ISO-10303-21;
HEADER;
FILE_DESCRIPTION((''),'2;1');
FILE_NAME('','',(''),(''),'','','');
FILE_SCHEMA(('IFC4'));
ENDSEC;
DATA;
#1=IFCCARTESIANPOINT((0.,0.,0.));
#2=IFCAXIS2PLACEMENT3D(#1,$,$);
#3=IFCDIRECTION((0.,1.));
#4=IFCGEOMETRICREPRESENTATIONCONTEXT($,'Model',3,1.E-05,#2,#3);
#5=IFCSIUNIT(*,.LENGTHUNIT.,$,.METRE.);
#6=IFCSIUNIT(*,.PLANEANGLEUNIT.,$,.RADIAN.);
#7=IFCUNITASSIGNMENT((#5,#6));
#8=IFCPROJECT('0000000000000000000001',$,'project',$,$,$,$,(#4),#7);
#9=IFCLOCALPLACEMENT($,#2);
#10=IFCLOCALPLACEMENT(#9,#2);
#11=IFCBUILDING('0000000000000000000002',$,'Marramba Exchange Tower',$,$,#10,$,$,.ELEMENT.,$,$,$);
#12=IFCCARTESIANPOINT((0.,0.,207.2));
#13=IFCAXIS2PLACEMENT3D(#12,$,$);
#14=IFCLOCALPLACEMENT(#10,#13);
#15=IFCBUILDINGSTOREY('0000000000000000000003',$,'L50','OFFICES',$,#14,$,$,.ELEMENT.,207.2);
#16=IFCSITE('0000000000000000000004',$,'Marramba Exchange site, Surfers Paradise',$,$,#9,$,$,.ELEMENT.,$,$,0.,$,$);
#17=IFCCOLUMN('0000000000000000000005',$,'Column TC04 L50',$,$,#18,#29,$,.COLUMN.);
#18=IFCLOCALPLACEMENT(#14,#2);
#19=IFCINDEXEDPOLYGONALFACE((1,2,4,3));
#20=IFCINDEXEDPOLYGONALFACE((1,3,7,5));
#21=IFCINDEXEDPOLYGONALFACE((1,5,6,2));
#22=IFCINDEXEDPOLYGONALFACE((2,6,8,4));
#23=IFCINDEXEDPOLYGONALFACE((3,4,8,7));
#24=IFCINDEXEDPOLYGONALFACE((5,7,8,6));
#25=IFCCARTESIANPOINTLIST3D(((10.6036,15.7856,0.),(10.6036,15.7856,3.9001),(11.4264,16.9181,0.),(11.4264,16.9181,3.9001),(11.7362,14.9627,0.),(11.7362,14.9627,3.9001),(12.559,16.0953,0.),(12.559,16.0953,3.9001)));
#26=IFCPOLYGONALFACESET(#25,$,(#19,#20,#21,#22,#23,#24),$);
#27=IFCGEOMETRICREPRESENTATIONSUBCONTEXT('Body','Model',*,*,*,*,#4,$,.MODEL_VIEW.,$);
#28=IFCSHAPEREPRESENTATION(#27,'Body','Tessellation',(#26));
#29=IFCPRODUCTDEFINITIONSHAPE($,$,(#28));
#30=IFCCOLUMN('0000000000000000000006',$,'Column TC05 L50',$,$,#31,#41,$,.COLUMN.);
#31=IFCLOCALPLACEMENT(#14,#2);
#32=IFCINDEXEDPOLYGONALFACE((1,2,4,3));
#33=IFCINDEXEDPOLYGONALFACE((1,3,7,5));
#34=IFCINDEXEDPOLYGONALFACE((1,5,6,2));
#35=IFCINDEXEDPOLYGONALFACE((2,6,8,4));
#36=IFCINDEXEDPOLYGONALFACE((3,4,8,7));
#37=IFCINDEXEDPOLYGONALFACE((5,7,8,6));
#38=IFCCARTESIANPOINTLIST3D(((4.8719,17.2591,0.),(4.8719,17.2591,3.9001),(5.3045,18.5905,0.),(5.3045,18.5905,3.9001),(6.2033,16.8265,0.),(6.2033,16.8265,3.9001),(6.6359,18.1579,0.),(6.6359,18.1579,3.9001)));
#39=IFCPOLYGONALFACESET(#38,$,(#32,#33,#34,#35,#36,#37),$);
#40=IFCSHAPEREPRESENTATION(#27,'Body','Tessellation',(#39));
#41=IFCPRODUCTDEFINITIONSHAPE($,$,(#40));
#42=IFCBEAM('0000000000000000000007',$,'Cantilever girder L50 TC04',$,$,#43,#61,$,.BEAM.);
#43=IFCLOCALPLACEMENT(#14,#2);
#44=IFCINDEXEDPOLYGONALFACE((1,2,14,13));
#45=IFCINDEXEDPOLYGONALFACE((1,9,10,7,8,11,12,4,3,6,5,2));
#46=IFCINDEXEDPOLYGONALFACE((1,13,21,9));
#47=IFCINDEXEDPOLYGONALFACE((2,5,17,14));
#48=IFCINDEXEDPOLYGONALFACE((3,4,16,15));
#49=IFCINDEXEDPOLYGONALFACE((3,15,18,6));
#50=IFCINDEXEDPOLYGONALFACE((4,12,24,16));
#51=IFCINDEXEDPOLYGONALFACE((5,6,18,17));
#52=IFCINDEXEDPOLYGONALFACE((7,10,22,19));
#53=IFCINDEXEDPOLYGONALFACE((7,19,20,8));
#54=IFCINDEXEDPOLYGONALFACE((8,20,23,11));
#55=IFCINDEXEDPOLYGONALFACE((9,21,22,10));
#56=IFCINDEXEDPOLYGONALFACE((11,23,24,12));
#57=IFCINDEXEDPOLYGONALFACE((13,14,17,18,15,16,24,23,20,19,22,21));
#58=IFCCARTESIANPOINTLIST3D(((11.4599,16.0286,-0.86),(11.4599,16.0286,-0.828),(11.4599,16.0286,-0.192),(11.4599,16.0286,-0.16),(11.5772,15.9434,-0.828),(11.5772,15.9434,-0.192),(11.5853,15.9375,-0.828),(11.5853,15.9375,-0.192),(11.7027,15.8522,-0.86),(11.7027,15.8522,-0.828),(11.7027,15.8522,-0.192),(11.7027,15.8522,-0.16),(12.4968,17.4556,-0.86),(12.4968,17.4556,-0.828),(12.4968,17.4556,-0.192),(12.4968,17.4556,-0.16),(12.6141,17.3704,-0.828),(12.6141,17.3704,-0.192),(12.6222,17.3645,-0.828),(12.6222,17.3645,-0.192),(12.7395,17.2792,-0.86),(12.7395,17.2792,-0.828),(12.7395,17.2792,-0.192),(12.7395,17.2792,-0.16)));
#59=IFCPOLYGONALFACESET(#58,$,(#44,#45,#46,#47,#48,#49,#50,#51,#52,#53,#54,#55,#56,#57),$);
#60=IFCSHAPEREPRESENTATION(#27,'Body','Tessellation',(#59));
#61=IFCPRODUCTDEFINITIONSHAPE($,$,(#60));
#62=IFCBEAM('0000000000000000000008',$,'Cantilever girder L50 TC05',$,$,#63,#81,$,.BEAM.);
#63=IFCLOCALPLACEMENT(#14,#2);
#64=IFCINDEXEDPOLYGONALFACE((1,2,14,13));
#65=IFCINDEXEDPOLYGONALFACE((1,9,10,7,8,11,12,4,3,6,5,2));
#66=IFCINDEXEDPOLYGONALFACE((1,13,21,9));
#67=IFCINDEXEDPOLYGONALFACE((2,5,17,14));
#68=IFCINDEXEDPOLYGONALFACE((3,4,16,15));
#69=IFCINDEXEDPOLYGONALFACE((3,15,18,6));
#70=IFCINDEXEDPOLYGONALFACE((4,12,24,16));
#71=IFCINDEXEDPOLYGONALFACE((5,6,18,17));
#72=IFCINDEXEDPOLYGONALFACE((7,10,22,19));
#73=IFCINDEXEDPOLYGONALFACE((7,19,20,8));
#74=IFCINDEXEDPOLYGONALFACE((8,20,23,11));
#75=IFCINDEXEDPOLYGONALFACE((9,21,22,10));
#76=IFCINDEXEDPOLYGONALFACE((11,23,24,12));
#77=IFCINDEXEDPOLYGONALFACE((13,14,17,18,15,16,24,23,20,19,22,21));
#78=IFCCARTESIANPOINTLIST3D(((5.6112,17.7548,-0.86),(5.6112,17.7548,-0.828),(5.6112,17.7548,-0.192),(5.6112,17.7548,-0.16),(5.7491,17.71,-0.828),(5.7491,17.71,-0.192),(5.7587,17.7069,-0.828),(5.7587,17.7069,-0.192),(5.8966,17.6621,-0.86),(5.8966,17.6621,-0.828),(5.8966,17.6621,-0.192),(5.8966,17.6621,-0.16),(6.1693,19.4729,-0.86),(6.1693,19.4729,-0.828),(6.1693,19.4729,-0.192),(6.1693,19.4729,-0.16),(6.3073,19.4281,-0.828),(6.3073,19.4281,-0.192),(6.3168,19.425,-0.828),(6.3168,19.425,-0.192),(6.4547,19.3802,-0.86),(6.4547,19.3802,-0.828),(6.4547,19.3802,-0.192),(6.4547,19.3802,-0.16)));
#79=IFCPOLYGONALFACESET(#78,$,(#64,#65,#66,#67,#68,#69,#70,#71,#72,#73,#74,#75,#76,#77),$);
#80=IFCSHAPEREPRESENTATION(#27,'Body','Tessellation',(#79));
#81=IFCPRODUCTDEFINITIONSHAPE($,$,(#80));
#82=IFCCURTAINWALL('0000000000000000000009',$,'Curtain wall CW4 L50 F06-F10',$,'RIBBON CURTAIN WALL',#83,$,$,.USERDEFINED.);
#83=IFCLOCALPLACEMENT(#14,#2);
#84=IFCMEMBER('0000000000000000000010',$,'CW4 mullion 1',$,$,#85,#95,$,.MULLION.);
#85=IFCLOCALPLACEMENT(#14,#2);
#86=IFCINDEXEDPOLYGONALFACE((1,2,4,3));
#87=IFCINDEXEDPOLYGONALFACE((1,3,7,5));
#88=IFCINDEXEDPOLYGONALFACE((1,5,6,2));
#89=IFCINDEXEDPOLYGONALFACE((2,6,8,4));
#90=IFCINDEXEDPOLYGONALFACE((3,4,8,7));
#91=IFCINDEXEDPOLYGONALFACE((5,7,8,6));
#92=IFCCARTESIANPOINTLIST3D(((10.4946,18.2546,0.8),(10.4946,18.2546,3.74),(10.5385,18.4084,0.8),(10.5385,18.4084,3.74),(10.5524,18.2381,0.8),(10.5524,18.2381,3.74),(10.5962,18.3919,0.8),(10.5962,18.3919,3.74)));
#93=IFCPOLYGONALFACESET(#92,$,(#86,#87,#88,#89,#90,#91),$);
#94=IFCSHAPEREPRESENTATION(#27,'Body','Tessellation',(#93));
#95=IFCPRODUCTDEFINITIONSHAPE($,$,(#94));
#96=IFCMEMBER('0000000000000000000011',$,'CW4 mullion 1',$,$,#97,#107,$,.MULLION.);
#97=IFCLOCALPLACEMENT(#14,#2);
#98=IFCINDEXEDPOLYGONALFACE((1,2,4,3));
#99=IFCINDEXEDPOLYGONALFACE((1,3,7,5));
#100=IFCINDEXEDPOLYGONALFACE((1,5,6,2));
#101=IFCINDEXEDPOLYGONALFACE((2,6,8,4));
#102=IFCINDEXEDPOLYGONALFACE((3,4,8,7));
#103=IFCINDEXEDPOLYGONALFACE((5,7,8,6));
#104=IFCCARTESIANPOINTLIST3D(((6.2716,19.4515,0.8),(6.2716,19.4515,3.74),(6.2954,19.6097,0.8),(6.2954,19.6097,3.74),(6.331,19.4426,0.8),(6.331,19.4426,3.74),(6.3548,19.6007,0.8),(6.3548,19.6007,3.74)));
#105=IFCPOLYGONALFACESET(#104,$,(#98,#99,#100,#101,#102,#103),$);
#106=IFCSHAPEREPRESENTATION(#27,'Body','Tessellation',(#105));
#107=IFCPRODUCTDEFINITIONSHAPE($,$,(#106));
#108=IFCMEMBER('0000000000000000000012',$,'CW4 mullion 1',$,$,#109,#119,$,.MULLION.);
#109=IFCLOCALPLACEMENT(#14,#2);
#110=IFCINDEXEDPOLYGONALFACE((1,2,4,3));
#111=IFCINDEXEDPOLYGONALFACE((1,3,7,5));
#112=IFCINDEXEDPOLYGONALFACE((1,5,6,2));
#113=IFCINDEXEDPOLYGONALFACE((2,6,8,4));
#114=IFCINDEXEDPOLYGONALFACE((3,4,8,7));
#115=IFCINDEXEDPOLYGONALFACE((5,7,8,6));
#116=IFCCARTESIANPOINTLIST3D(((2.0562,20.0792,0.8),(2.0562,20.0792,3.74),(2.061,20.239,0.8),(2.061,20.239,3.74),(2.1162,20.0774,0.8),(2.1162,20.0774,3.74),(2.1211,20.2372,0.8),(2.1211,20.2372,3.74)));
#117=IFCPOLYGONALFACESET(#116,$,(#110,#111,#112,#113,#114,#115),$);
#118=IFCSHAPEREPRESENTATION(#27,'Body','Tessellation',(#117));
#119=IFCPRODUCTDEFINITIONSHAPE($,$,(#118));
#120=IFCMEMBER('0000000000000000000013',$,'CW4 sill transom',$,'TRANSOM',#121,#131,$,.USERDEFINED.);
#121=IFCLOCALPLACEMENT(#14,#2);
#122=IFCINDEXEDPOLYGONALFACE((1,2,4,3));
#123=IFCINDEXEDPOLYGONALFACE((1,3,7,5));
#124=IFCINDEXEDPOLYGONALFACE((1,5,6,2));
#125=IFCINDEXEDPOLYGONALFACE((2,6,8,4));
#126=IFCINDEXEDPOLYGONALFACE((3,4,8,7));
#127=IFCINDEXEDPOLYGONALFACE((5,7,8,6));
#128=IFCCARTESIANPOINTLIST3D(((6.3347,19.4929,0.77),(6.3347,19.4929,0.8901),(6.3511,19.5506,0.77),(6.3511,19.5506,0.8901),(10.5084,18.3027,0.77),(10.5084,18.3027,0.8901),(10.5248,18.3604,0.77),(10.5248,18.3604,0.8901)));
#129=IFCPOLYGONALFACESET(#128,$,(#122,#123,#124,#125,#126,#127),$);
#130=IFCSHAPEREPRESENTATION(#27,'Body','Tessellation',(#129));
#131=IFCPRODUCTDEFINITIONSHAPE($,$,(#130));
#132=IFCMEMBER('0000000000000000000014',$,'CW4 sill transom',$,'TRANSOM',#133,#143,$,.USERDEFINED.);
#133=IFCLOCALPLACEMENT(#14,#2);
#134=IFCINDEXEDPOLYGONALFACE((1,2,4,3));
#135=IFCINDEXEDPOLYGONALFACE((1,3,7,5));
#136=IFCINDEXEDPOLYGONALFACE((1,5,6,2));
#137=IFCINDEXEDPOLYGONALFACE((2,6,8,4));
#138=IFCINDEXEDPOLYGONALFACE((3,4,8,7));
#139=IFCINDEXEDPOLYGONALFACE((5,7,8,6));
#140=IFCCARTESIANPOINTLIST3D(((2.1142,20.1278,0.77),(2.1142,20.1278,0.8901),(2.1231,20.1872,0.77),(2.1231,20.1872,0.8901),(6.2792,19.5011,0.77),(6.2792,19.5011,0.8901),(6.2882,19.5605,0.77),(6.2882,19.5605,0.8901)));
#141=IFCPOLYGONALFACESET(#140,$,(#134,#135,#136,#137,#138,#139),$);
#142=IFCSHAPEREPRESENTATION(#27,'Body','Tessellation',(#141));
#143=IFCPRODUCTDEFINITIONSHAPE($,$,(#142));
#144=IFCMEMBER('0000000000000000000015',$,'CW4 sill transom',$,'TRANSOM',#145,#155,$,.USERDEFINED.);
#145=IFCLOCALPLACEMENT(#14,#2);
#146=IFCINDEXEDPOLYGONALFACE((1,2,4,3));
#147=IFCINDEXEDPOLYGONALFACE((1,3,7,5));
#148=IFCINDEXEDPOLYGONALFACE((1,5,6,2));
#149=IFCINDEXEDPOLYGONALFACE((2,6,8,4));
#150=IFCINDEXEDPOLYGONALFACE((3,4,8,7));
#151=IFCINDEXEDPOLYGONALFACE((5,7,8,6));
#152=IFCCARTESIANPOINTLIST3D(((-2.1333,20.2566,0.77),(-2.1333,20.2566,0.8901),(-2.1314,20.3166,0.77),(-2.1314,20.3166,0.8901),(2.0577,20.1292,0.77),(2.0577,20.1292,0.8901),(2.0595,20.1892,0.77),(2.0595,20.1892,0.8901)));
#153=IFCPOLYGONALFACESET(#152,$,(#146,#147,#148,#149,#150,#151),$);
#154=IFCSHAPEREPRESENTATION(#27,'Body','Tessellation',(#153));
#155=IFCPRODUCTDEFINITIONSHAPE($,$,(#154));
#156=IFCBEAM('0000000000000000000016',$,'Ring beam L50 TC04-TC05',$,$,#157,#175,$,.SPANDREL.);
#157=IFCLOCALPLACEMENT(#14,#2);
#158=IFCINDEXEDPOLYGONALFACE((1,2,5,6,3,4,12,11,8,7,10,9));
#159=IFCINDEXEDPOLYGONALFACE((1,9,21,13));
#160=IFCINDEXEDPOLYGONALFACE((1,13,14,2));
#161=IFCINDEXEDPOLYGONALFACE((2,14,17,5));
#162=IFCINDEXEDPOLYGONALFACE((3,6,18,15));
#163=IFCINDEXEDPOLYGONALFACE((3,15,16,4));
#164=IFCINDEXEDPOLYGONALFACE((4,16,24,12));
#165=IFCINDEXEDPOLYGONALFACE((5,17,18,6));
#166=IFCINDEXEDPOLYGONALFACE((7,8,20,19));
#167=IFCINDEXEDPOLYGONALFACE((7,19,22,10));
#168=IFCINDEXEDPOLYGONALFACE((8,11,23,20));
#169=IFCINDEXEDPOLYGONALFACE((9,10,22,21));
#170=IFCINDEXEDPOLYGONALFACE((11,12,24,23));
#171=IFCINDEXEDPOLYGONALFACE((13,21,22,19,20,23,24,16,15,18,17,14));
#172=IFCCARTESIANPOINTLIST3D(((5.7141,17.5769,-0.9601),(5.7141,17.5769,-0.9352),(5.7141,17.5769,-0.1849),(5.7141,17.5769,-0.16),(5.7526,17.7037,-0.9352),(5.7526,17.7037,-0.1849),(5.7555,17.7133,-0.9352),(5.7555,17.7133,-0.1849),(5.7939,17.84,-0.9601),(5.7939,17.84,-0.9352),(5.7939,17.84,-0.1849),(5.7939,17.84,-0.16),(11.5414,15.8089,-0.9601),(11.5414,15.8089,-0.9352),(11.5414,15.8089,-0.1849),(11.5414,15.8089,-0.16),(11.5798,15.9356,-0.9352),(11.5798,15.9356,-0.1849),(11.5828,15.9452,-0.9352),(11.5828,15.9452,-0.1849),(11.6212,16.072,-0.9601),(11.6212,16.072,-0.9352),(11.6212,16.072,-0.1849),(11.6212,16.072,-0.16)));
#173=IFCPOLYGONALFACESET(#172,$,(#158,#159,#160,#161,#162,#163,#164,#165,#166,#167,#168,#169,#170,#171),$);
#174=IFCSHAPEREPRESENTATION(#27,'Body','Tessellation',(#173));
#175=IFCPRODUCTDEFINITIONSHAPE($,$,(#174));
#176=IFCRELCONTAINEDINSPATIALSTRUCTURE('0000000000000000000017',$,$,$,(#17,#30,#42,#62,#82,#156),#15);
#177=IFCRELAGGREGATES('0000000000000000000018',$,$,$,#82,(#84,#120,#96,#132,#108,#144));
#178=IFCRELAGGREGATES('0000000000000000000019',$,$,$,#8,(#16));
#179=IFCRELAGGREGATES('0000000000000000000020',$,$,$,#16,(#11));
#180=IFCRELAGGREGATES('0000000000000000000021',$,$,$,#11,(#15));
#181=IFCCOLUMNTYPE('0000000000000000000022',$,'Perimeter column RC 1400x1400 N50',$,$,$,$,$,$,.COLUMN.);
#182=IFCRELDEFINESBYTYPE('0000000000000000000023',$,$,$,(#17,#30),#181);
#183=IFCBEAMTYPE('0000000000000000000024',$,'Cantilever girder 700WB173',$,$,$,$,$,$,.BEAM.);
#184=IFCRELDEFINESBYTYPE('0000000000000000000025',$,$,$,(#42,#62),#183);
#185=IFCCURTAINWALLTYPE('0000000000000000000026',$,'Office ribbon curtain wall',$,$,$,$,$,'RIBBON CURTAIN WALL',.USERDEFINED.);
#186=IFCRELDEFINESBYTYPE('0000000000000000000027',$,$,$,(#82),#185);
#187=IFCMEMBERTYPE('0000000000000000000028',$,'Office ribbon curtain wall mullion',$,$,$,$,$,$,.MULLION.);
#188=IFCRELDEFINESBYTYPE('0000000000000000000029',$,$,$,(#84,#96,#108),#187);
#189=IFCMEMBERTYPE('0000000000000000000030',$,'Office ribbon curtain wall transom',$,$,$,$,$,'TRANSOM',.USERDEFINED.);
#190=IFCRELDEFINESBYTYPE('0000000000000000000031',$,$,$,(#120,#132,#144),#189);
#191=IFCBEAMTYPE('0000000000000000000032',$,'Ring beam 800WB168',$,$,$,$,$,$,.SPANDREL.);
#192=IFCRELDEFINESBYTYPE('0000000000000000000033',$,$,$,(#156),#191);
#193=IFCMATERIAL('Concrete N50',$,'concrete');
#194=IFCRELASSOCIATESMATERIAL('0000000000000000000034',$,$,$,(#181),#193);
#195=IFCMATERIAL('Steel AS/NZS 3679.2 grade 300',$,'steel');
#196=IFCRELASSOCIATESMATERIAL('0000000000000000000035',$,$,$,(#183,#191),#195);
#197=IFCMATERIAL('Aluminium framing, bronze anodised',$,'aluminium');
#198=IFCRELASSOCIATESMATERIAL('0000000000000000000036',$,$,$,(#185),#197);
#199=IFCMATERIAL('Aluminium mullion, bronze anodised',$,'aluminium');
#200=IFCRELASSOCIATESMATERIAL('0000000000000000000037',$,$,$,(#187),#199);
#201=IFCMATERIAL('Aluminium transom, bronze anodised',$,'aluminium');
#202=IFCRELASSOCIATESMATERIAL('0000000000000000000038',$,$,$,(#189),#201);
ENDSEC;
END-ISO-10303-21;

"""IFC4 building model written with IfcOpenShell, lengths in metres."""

from ifc_helpers import new_model, si_unit, direction, frame, origin, origin_2d, place, context, subcontext, project, spatial, rectangle, i_section, extrude, material, material_profile, profile_set, type_object, element, aggregate, save


model = new_model("IFC4")

# Units and contexts
model_context = context("Model", 3, precision=1e-05, world=origin(), true_north=direction((0.0, 1.0)))
body_context = subcontext(model_context, "Body", "Model", "MODEL_VIEW")
ifc_project = project(units=[si_unit("LENGTHUNIT", "METRE"), si_unit("PLANEANGLEUNIT", "RADIAN")], contexts=[model_context])

# Site, building, storey
site_placement = place(None, origin())
site = spatial("IfcSite", under=ifc_project, at=site_placement, Name="Marramba Exchange site, Surfers Paradise", CompositionType="ELEMENT", RefElevation=0.0)
building_placement = place(site_placement, origin())
building = spatial("IfcBuilding", under=site, at=building_placement, Name="Marramba Exchange Tower", CompositionType="ELEMENT")
storey_placement = place(building_placement, frame((0.0, 0.0, 207.2)))
storey = spatial("IfcBuildingStorey", under=building, at=storey_placement, Name="L50", Description="OFFICES", CompositionType="ELEMENT", Elevation=207.2)

# Columns
ifc_material_1 = material(Name="Concrete N50", Category="concrete")
ifc_material_profile_1 = material_profile(ifc_material_1, rectangle(XDim=1.3999, YDim=1.3999, at=origin_2d()), Name="RC 1400x1400")
ifc_profile_set_1 = profile_set([ifc_material_profile_1], Name="Concrete N50")
column_type = type_object("IfcColumnType", Name="Perimeter column RC 1400x1400 N50", PredefinedType="COLUMN", material=ifc_profile_set_1)
for number, where, z_axis, x_axis, name in (
    (1, (11.5813, 15.9404, 0.0), (0.0, 0.0, 1.0), (0.587785, 0.809017, 0.0), "Column TC04 L50"),
    (2, (5.7539, 17.7085, 0.0), (0.0, 0.0, 1.0), (0.309017, 0.951057, 0.0), "Column TC05 L50"),
):
    element("IfcColumn", number, at=place(storey_placement, frame(where, z_axis=z_axis, x_axis=x_axis)), inside=storey, type_object=column_type, Name=name, PredefinedType="COLUMN", context=body_context, shape_type="SweptSolid", body=[
        extrude(rectangle(XDim=1.3999, YDim=1.3999, at=origin_2d()), origin(), (0.0, 0.0, 1.0), 3.9001),
    ])

# Beams
ifc_material_2 = material(Name="Steel AS/NZS 3679.2 grade 300", Category="steel")
ifc_material_profile_2 = material_profile(ifc_material_2, i_section(OverallWidth=0.3, OverallDepth=0.7, WebThickness=0.01, FlangeThickness=0.032, at=origin_2d()), Name="700WB173")
ifc_profile_set_2 = profile_set([ifc_material_profile_2], Name="Steel AS/NZS 3679.2 grade 300")
beam_type_1 = type_object("IfcBeamType", Name="Cantilever girder 700WB173", PredefinedType="BEAM", material=ifc_profile_set_2)
beam_1_placement = place(storey_placement, frame((11.5813, 15.9404, -0.51), z_axis=(0.587818, 0.808993, 0.0), x_axis=(-0.808993, 0.587818, 0.0)))
element("IfcBeam", 3, at=beam_1_placement, inside=storey, type_object=beam_type_1, Name="Cantilever girder L50 TC04", PredefinedType="BEAM", context=body_context, shape_type="SweptSolid", body=[
    extrude(i_section(OverallWidth=0.3, OverallDepth=0.7, WebThickness=0.01, FlangeThickness=0.032, at=origin_2d()), origin(), (0.0, 0.0, 1.0), 1.7639),
])
beam_2_placement = place(storey_placement, frame((5.7539, 17.7085, -0.51), z_axis=(0.308961, 0.951075, 0.0), x_axis=(-0.951075, 0.308961, 0.0)))
element("IfcBeam", 4, at=beam_2_placement, inside=storey, type_object=beam_type_1, Name="Cantilever girder L50 TC05", PredefinedType="BEAM", context=body_context, shape_type="SweptSolid", body=[
    extrude(i_section(OverallWidth=0.3, OverallDepth=0.7, WebThickness=0.01, FlangeThickness=0.032, at=origin_2d()), origin(), (0.0, 0.0, 1.0), 1.8064),
])

# Curtain wall, members
ifc_material_3 = material(Name="Aluminium framing, bronze anodised", Category="aluminium")
curtain_wall_type = type_object("IfcCurtainWallType", Name="Office ribbon curtain wall", ElementType="RIBBON CURTAIN WALL", PredefinedType="USERDEFINED", material=ifc_material_3)
curtain_wall_1_placement = place(storey_placement, origin())
curtain_wall_1 = element("IfcCurtainWall", 5, at=curtain_wall_1_placement, inside=storey, type_object=curtain_wall_type, Name="Curtain wall CW4 L50 F06-F10", ObjectType="RIBBON CURTAIN WALL", PredefinedType="USERDEFINED")
ifc_material_4 = material(Name="Aluminium mullion, bronze anodised", Category="aluminium")
ifc_material_profile_3 = material_profile(ifc_material_4, rectangle(XDim=0.1599, YDim=0.0601, at=origin_2d()), Name="CW4 mullion 60x160")
ifc_profile_set_3 = profile_set([ifc_material_profile_3], Name="Aluminium mullion, bronze anodised")
member_type_1 = type_object("IfcMemberType", Name="Office ribbon curtain wall mullion", PredefinedType="MULLION", material=ifc_profile_set_3)
member_1_placement = place(storey_placement, frame((10.5454, 18.3232, 0.8), z_axis=(0.0, 0.0, 1.0), x_axis=(-0.274248, -0.961659, 0.0)))
member_1 = element("IfcMember", 6, at=member_1_placement, type_object=member_type_1, Name="CW4 mullion 1", PredefinedType="MULLION", context=body_context, shape_type="SweptSolid", body=[
    extrude(rectangle(XDim=0.1599, YDim=0.0601, at=origin_2d()), origin(), (0.0, 0.0, 1.0), 2.9399),
])
member_2_placement = place(storey_placement, frame((6.3132, 19.5261, 0.8), z_axis=(0.0, 0.0, 1.0), x_axis=(-0.148795, -0.988868, 0.0)))
member_2 = element("IfcMember", 7, at=member_2_placement, type_object=member_type_1, Name="CW4 mullion 1", PredefinedType="MULLION", context=body_context, shape_type="SweptSolid", body=[
    extrude(rectangle(XDim=0.1599, YDim=0.0601, at=origin_2d()), origin(), (0.0, 0.0, 1.0), 2.9399),
])
member_3_placement = place(storey_placement, frame((2.0886, 20.1582, 0.8), z_axis=(0.0, 0.0, 1.0), x_axis=(-0.030394, -0.999538, 0.0)))
member_3 = element("IfcMember", 8, at=member_3_placement, type_object=member_type_1, Name="CW4 mullion 1", PredefinedType="MULLION", context=body_context, shape_type="SweptSolid", body=[
    extrude(rectangle(XDim=0.1599, YDim=0.0601, at=origin_2d()), origin(), (0.0, 0.0, 1.0), 2.9399),
])
ifc_material_5 = material(Name="Aluminium transom, bronze anodised", Category="aluminium")
ifc_material_profile_4 = material_profile(ifc_material_5, rectangle(XDim=0.0601, YDim=0.1201, at=origin_2d()), Name="CW4 transom 60x120")
ifc_profile_set_4 = profile_set([ifc_material_profile_4], Name="Aluminium transom, bronze anodised")
member_type_2 = type_object("IfcMemberType", Name="Office ribbon curtain wall transom", ElementType="TRANSOM", PredefinedType="USERDEFINED", material=ifc_profile_set_4)
member_4_placement = place(storey_placement, frame((10.5166, 18.3315, 0.8301), z_axis=(-0.961662, 0.274238, 0.0), x_axis=(-0.274238, -0.961662, 0.0)))
member_4 = element("IfcMember", 9, at=member_4_placement, type_object=member_type_2, Name="CW4 sill transom", ObjectType="TRANSOM", PredefinedType="USERDEFINED", context=body_context, shape_type="SweptSolid", body=[
    extrude(rectangle(XDim=0.0601, YDim=0.1201, at=origin_2d()), origin(), (0.0, 0.0, 1.0), 4.3401),
])
member_5_placement = place(storey_placement, frame((6.2837, 19.5308, 0.8301), z_axis=(-0.988868, 0.148794, 0.0), x_axis=(-0.148794, -0.988868, 0.0)))
member_5 = element("IfcMember", 10, at=member_5_placement, type_object=member_type_2, Name="CW4 sill transom", ObjectType="TRANSOM", PredefinedType="USERDEFINED", context=body_context, shape_type="SweptSolid", body=[
    extrude(rectangle(XDim=0.0601, YDim=0.1201, at=origin_2d()), origin(), (0.0, 0.0, 1.0), 4.2119),
])
member_6_placement = place(storey_placement, frame((2.0586, 20.1592, 0.8301), z_axis=(-0.999538, 0.030395, 0.0), x_axis=(-0.030395, -0.999538, 0.0)))
member_6 = element("IfcMember", 11, at=member_6_placement, type_object=member_type_2, Name="CW4 sill transom", ObjectType="TRANSOM", PredefinedType="USERDEFINED", context=body_context, shape_type="SweptSolid", body=[
    extrude(rectangle(XDim=0.0601, YDim=0.1201, at=origin_2d()), origin(), (0.0, 0.0, 1.0), 4.1929),
])

# Beam
ifc_material_profile_5 = material_profile(ifc_material_2, i_section(OverallWidth=0.2749, OverallDepth=0.8, WebThickness=0.01, FlangeThickness=0.0249, at=origin_2d()), Name="800WB168")
ifc_profile_set_5 = profile_set([ifc_material_profile_5], Name="Steel AS/NZS 3679.2 grade 300")
beam_type_2 = type_object("IfcBeamType", Name="Ring beam 800WB168", PredefinedType="SPANDREL", material=ifc_profile_set_5)
beam_3_placement = place(storey_placement, frame((11.5813, 15.9404, -0.5601), z_axis=(-0.956925, 0.290337, 0.0), x_axis=(-0.290337, -0.956925, 0.0)))
element("IfcBeam", 12, at=beam_3_placement, inside=storey, type_object=beam_type_2, Name="Ring beam L50 TC04-TC05", PredefinedType="SPANDREL", context=body_context, shape_type="SweptSolid", body=[
    extrude(i_section(OverallWidth=0.2749, OverallDepth=0.8, WebThickness=0.01, FlangeThickness=0.0249, at=origin_2d()), origin(), (0.0, 0.0, 1.0), 6.0896),
])

aggregate(curtain_wall_1, [member_1, member_4, member_2, member_5, member_3, member_6])

save(model, "model.ifc")
